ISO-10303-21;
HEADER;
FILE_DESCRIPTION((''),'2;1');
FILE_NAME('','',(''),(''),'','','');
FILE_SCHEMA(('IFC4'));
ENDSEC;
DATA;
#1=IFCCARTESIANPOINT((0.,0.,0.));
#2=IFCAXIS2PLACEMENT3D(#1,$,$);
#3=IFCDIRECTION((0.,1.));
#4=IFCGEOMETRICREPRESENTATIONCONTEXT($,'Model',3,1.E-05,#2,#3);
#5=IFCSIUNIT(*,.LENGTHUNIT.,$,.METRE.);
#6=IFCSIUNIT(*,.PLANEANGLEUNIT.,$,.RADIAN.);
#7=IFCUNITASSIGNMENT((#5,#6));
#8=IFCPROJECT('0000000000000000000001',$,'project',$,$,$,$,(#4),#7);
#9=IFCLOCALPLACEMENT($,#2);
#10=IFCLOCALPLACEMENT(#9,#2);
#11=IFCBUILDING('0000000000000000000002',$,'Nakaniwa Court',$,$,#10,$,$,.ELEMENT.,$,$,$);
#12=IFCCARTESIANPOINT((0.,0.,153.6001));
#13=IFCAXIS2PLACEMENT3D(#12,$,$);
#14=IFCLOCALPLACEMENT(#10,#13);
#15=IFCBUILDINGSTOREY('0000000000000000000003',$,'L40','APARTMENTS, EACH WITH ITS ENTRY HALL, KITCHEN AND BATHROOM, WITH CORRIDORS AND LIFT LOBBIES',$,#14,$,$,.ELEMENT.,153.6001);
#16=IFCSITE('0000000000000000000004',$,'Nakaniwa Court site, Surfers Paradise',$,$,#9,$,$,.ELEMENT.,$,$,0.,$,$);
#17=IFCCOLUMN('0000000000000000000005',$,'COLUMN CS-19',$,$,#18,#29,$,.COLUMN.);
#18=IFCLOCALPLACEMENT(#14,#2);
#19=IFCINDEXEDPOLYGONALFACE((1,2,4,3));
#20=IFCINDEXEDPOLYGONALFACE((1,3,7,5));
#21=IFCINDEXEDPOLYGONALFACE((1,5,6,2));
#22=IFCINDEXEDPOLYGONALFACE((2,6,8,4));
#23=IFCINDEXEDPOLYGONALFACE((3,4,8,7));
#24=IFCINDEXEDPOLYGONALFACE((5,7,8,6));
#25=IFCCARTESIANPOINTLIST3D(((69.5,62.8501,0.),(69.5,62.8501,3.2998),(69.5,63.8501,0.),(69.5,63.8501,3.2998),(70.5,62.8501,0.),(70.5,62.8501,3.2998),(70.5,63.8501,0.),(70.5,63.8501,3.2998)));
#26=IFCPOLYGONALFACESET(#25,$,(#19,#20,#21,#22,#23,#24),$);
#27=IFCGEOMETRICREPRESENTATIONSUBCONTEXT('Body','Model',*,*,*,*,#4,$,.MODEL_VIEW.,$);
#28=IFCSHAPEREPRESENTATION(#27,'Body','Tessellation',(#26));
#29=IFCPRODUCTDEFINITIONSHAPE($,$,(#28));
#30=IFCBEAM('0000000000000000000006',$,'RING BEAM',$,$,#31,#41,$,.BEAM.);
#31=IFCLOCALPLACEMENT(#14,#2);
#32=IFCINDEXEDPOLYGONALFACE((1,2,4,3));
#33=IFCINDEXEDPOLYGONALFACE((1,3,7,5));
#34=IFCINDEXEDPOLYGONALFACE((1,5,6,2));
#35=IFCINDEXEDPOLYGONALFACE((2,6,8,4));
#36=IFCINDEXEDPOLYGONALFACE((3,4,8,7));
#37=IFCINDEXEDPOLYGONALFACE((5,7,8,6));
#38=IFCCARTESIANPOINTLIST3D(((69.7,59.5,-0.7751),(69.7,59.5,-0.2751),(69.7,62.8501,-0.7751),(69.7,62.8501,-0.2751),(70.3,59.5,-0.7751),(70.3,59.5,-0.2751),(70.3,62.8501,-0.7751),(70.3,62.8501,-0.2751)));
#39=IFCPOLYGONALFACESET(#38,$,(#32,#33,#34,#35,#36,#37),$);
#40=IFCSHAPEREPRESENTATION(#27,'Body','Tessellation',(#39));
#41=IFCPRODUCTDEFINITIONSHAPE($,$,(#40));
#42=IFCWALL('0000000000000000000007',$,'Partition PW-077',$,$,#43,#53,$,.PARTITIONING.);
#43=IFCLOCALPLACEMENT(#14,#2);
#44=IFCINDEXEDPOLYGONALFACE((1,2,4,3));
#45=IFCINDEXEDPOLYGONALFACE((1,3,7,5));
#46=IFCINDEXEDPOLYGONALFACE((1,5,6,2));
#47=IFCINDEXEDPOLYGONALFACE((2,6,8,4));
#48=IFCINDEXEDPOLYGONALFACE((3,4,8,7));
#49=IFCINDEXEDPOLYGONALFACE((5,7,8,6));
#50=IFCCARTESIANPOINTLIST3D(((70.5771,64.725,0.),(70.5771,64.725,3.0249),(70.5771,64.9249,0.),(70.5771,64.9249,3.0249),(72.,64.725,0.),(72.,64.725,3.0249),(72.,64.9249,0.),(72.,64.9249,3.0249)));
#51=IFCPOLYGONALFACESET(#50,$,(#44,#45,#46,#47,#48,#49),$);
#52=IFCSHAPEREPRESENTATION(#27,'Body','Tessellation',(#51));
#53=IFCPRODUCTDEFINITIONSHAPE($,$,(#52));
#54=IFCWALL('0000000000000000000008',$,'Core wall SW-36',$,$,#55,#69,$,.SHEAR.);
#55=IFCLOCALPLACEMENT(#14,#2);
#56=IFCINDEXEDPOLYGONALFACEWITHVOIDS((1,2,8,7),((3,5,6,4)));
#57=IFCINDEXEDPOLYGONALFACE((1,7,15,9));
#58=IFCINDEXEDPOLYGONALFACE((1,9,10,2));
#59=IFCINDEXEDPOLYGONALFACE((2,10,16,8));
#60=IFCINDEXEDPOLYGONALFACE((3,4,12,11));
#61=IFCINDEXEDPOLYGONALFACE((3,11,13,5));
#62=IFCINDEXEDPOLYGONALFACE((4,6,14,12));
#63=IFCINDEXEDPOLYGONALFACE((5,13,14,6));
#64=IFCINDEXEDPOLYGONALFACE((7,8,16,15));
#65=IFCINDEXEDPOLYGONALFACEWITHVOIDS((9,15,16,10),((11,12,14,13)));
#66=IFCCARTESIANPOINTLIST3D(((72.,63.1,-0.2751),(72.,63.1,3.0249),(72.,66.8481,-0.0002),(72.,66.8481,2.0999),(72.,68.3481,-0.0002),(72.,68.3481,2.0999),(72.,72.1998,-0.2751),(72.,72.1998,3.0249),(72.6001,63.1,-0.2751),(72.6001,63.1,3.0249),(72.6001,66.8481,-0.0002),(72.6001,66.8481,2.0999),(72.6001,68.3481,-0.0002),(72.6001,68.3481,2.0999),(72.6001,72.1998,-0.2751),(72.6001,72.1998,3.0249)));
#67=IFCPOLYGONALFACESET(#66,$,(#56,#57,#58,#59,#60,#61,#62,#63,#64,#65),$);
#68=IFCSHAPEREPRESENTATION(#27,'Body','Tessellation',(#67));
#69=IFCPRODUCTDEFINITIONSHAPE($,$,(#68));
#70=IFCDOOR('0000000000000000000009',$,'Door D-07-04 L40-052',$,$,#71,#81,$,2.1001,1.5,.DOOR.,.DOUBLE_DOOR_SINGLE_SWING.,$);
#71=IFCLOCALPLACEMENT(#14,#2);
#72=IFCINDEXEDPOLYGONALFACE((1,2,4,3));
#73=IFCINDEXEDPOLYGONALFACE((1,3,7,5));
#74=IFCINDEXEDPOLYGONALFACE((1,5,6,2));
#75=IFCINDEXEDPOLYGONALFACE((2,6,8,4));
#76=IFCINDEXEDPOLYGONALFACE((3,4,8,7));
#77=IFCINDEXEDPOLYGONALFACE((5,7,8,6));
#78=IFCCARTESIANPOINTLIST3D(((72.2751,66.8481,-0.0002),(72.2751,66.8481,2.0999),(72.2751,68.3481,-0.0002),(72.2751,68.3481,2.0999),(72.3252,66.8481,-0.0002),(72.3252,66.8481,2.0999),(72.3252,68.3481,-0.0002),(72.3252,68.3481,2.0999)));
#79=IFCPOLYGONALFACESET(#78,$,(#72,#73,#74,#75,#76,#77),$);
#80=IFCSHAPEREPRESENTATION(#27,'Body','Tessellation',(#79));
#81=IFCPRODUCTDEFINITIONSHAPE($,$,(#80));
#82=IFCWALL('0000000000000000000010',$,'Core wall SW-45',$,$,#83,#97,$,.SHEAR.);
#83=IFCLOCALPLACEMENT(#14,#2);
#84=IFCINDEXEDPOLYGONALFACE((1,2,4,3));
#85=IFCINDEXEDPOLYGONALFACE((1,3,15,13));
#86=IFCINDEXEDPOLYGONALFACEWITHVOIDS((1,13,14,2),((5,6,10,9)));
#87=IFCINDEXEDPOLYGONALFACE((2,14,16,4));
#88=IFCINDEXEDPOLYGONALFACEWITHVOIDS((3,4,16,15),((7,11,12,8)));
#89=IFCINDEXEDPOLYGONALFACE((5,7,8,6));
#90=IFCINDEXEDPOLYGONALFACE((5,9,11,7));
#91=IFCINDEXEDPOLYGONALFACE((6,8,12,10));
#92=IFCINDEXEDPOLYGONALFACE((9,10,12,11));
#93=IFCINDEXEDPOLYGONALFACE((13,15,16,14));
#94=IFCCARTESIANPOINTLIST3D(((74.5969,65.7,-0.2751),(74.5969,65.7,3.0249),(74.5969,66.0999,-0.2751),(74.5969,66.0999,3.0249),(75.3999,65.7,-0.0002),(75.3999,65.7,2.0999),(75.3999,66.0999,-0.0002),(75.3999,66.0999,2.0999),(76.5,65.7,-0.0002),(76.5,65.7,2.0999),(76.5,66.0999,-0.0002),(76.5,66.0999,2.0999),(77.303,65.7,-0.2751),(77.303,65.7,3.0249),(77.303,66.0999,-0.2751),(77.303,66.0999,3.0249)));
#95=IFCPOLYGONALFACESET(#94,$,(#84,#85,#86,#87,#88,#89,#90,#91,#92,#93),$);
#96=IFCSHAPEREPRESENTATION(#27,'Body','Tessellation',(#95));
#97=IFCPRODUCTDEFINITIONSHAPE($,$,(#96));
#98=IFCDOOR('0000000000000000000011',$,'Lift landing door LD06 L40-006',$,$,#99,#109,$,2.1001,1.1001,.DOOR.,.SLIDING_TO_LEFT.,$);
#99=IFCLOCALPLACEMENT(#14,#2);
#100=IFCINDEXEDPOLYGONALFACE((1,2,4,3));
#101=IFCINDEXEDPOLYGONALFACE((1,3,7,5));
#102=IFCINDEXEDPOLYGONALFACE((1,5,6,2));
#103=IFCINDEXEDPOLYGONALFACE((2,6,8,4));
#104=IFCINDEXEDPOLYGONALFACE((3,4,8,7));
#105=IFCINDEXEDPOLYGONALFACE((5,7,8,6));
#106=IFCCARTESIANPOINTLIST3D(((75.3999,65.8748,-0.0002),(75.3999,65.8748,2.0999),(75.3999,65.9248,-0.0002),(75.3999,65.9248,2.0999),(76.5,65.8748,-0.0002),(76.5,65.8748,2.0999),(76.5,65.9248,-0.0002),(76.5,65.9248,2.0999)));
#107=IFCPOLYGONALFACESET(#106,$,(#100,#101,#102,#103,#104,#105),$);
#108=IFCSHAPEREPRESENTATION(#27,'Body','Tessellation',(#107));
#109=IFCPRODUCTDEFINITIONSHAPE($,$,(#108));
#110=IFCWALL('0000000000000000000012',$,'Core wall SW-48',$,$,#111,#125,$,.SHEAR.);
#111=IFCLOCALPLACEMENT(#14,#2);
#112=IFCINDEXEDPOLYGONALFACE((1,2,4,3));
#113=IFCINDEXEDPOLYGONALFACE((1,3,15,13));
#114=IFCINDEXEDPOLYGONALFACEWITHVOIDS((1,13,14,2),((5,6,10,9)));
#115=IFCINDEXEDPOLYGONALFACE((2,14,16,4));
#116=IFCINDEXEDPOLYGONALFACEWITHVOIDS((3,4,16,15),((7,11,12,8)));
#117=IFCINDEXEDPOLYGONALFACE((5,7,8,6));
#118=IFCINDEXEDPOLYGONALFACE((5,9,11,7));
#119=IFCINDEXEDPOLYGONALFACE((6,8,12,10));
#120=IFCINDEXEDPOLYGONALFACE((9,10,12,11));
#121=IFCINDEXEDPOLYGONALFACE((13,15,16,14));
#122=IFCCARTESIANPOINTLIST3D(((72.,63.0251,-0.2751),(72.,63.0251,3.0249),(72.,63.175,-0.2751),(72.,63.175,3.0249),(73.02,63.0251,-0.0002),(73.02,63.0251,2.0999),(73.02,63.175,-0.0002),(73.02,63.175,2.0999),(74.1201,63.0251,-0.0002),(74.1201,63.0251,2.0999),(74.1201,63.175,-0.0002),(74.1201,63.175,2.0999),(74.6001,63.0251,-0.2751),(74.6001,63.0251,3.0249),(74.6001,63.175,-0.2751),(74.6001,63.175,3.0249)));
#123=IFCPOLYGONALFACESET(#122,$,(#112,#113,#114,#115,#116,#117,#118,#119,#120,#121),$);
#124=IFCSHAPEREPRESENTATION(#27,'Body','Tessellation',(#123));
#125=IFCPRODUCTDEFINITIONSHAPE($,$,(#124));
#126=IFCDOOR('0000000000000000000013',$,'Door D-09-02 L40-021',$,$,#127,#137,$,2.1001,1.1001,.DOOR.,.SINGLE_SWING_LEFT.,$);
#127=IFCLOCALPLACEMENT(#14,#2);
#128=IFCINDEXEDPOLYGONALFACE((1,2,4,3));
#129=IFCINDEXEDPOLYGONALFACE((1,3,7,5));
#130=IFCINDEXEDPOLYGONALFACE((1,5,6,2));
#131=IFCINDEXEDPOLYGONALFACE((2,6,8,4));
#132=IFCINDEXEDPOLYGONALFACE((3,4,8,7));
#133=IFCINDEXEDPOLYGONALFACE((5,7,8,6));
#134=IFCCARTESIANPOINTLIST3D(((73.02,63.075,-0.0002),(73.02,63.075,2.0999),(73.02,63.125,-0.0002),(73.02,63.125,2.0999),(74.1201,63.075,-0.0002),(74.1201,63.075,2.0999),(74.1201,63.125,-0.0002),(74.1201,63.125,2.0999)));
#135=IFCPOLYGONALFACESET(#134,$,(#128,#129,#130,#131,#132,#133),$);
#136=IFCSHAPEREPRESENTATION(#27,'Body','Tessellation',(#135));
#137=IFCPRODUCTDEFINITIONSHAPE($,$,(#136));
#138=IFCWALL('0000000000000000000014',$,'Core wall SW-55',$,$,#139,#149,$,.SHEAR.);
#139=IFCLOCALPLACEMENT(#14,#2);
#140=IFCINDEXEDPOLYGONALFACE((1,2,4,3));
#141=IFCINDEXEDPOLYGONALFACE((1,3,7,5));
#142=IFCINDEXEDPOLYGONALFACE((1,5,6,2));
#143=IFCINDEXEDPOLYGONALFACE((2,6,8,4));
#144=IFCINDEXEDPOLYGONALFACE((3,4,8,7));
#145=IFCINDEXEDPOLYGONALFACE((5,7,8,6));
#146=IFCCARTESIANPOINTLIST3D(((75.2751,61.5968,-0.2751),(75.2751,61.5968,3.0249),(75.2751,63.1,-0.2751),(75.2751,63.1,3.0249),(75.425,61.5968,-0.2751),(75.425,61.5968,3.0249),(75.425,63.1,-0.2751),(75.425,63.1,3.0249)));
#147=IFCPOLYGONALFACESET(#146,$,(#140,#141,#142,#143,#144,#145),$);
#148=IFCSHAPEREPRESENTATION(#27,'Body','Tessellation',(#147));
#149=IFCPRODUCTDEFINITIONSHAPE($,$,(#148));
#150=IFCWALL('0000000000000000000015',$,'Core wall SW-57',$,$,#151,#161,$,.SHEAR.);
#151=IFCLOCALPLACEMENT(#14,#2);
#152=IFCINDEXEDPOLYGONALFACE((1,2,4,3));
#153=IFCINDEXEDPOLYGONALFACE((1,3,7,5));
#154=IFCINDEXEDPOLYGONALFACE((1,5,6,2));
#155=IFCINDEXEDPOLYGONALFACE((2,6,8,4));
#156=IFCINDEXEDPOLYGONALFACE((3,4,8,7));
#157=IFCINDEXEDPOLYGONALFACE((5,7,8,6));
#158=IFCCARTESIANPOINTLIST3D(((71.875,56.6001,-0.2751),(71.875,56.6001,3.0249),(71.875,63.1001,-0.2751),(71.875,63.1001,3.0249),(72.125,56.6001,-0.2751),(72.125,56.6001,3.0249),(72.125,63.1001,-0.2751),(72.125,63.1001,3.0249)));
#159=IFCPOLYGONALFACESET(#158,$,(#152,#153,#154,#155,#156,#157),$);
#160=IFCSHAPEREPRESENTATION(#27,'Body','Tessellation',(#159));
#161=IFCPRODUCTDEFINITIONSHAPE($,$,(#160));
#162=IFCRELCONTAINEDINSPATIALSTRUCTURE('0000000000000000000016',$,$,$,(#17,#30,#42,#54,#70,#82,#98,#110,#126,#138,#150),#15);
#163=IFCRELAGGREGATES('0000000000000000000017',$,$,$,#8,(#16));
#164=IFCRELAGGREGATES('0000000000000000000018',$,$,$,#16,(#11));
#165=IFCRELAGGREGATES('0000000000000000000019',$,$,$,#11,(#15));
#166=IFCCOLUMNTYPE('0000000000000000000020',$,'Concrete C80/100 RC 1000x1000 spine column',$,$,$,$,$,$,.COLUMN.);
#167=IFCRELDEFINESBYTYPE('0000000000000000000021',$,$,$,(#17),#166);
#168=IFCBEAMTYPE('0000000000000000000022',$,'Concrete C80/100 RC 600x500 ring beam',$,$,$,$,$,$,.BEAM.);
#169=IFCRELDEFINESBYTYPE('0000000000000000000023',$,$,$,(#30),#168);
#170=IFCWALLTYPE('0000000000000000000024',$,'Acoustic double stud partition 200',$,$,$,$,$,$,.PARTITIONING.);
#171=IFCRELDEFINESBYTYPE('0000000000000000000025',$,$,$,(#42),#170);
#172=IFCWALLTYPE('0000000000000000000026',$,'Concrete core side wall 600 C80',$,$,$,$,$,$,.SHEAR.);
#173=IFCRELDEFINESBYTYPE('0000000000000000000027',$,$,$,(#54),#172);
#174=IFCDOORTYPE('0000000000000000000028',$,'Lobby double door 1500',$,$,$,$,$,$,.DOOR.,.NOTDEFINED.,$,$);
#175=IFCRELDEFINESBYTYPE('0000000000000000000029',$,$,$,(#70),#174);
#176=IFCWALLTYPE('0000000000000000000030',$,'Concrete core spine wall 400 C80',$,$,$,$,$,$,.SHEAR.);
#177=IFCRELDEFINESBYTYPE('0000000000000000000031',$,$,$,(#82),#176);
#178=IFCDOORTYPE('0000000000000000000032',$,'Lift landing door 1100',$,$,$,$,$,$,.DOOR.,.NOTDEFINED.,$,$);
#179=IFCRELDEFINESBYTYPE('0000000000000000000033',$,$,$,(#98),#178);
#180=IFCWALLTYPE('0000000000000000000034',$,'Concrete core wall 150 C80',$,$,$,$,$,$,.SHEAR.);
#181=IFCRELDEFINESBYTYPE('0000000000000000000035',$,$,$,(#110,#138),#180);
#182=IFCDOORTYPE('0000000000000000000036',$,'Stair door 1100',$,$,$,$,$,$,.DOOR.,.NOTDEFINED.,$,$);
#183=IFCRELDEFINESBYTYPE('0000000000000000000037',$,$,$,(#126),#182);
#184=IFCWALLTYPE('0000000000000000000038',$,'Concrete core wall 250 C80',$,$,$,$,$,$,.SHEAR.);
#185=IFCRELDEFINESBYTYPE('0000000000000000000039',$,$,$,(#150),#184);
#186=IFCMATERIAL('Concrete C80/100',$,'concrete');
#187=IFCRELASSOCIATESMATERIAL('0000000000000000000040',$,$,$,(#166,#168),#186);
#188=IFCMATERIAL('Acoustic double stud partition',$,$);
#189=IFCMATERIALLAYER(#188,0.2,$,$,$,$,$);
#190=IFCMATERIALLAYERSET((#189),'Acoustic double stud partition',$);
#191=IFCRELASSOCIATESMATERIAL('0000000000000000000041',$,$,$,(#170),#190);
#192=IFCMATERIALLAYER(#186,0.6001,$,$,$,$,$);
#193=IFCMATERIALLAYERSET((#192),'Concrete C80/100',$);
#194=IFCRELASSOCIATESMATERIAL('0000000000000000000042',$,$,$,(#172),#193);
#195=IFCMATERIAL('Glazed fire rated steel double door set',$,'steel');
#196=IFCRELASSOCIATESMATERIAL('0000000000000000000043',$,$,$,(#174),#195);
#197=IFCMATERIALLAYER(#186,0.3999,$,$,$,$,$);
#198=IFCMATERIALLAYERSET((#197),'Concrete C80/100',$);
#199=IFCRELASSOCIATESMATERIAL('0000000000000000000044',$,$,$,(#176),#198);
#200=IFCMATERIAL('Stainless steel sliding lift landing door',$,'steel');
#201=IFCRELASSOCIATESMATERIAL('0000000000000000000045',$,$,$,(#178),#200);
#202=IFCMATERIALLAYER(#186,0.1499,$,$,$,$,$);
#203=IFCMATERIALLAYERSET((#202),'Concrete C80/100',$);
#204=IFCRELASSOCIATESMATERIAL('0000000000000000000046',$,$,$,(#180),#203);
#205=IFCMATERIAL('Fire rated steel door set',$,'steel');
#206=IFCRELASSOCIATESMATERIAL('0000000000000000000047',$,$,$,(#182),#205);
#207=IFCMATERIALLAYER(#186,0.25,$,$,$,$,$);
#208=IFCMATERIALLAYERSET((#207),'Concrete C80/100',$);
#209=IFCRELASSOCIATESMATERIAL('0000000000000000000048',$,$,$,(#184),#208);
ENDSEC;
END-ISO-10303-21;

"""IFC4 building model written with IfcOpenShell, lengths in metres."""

from ifc_helpers import new_model, si_unit, direction, frame, frame_2d, origin, origin_2d, place, context, subcontext, project, spatial, rectangle, extrude, material, layer, layer_set, material_profile, profile_set, type_object, element, fill, save


model = new_model("IFC4")

# Units and contexts
model_context = context("Model", 3, precision=1e-05, world=origin(), true_north=direction((0.0, 1.0)))
body_context = subcontext(model_context, "Body", "Model", "MODEL_VIEW")
ifc_project = project(units=[si_unit("LENGTHUNIT", "METRE"), si_unit("PLANEANGLEUNIT", "RADIAN")], contexts=[model_context])

# Site, building, storey
site_placement = place(None, origin())
site = spatial("IfcSite", under=ifc_project, at=site_placement, Name="Nakaniwa Court site, Surfers Paradise", CompositionType="ELEMENT", RefElevation=0.0)
building_placement = place(site_placement, origin())
building = spatial("IfcBuilding", under=site, at=building_placement, Name="Nakaniwa Court", CompositionType="ELEMENT")
storey_placement = place(building_placement, frame((0.0, 0.0, 153.6001)))
storey = spatial("IfcBuildingStorey", under=building, at=storey_placement, Name="L40", Description="APARTMENTS, EACH WITH ITS ENTRY HALL, KITCHEN AND BATHROOM, WITH CORRIDORS AND LIFT LOBBIES", CompositionType="ELEMENT", Elevation=153.6001)

# Column
ifc_material_1 = material(Name="Concrete C80/100", Category="concrete")
ifc_material_profile_1 = material_profile(ifc_material_1, rectangle(XDim=1.0, YDim=1.0, at=origin_2d()), Name="Concrete C80/100 RC 1000x1000 spine column")
ifc_profile_set_1 = profile_set([ifc_material_profile_1], Name="Concrete C80/100")
column_type = type_object("IfcColumnType", Name="Concrete C80/100 RC 1000x1000 spine column", PredefinedType="COLUMN", material=ifc_profile_set_1)
column_placement = place(storey_placement, frame((70.0, 63.3501, 0.0), z_axis=(0.0, 0.0, 1.0), x_axis=(0.0, -1.0, 0.0)))
element("IfcColumn", 1, at=column_placement, inside=storey, type_object=column_type, Name="COLUMN CS-19", PredefinedType="COLUMN", context=body_context, shape_type="SweptSolid", body=[
    extrude(rectangle(XDim=1.0, YDim=1.0, at=origin_2d()), origin(), (0.0, 0.0, 1.0), 3.2998),
])

# Beam
ifc_material_profile_2 = material_profile(ifc_material_1, rectangle(XDim=0.6001, YDim=0.5, at=origin_2d()), Name="Concrete C80/100 RC 600x500 ring beam")
ifc_profile_set_2 = profile_set([ifc_material_profile_2], Name="Concrete C80/100")
beam_type = type_object("IfcBeamType", Name="Concrete C80/100 RC 600x500 ring beam", PredefinedType="BEAM", material=ifc_profile_set_2)
beam_placement = place(storey_placement, frame((70.0, 62.8501, -0.5251), z_axis=(0.0, -1.0, 0.0), x_axis=(1.0, 0.0, 0.0)))
element("IfcBeam", 2, at=beam_placement, inside=storey, type_object=beam_type, Name="RING BEAM", PredefinedType="BEAM", context=body_context, shape_type="SweptSolid", body=[
    extrude(rectangle(XDim=0.6001, YDim=0.5, at=origin_2d()), origin(), (0.0, 0.0, 1.0), 3.3501),
])

# Wall
ifc_material_2 = material(Name="Acoustic double stud partition")
ifc_layer_1 = layer(ifc_material_2, 0.2)
ifc_layer_set_1 = layer_set([ifc_layer_1], Name="Acoustic double stud partition")
wall_type_1 = type_object("IfcWallType", Name="Acoustic double stud partition 200", PredefinedType="PARTITIONING", material=ifc_layer_set_1)
wall_1_placement = place(storey_placement, frame((70.5771, 64.825, 0.0), z_axis=(0.0, 0.0, 1.0), x_axis=(1.0, 0.0, 0.0)))
element("IfcWall", 3, at=wall_1_placement, inside=storey, type_object=wall_type_1, Name="Partition PW-077", PredefinedType="PARTITIONING", context=body_context, shape_type="SweptSolid", body=[
    extrude(rectangle(XDim=1.4229, YDim=0.2, at=frame_2d((0.7114, 0.0))), origin(), (0.0, 0.0, 1.0), 3.0249),
])

# Walls, openings, doors
ifc_layer_2 = layer(ifc_material_1, 0.6001)
ifc_layer_set_2 = layer_set([ifc_layer_2], Name="Concrete C80/100")
wall_type_2 = type_object("IfcWallType", Name="Concrete core side wall 600 C80", PredefinedType="SHEAR", material=ifc_layer_set_2)
wall_2_placement = place(storey_placement, frame((72.3, 63.1001, -0.2751), z_axis=(0.0, 0.0, 1.0), x_axis=(0.0, 1.0, 0.0)))
wall_2 = element("IfcWall", 4, at=wall_2_placement, inside=storey, type_object=wall_type_2, Name="Core wall SW-36", PredefinedType="SHEAR", context=body_context, shape_type="SweptSolid", body=[
    extrude(rectangle(XDim=9.0999, YDim=0.6001, at=frame_2d((4.5498, 0.0))), origin(), (0.0, 0.0, 1.0), 3.3),
])
opening_1_placement = place(wall_2_placement, frame((3.748, 0.0, 0.2749)))
opening_1 = element("IfcOpeningElement", 5, at=opening_1_placement, cuts=wall_2, PredefinedType="OPENING", context=body_context, shape_type="SweptSolid", body=[
    extrude(rectangle(XDim=1.5, YDim=2.1001, at=frame_2d((0.75, 1.05))), frame((0.0, 0.3101, 0.0), z_axis=(0.0, -1.0, 0.0), x_axis=(1.0, 0.0, 0.0)), (0.0, 0.0, 1.0), 0.6201),
])
ifc_material_3 = material(Name="Glazed fire rated steel double door set", Category="steel")
door_type_1 = type_object("IfcDoorType", Name="Lobby double door 1500", OperationType="NOTDEFINED", PredefinedType="DOOR", material=ifc_material_3)
door_1_placement = place(opening_1_placement, origin())
door_1 = element("IfcDoor", 6, at=door_1_placement, inside=storey, type_object=door_type_1, Name="Door D-07-04 L40-052", OperationType="DOUBLE_DOOR_SINGLE_SWING", OverallHeight=2.1001, OverallWidth=1.5, PredefinedType="DOOR", context=body_context, shape_type="SweptSolid", body=[
    extrude(rectangle(XDim=1.5, YDim=2.1001, at=frame_2d((0.75, 1.05))), frame((0.0, 0.0249, 0.0), z_axis=(0.0, -1.0, 0.0), x_axis=(1.0, 0.0, 0.0)), (0.0, 0.0, 1.0), 0.05),
])
fill(opening_1, door_1)
ifc_layer_3 = layer(ifc_material_1, 0.3999)
ifc_layer_set_3 = layer_set([ifc_layer_3], Name="Concrete C80/100")
wall_type_3 = type_object("IfcWallType", Name="Concrete core spine wall 400 C80", PredefinedType="SHEAR", material=ifc_layer_set_3)
wall_3_placement = place(storey_placement, frame((74.5969, 65.8999, -0.2751), z_axis=(0.0, 0.0, 1.0), x_axis=(1.0, 0.0, 0.0)))
wall_3 = element("IfcWall", 7, at=wall_3_placement, inside=storey, type_object=wall_type_3, Name="Core wall SW-45", PredefinedType="SHEAR", context=body_context, shape_type="SweptSolid", body=[
    extrude(rectangle(XDim=2.7061, YDim=0.3999, at=frame_2d((1.353, 0.0))), origin(), (0.0, 0.0, 1.0), 3.3),
])
opening_2_placement = place(wall_3_placement, frame((0.803, 0.0, 0.2749)))
opening_2 = element("IfcOpeningElement", 8, at=opening_2_placement, cuts=wall_3, PredefinedType="OPENING", context=body_context, shape_type="SweptSolid", body=[
    extrude(rectangle(XDim=1.1001, YDim=2.1001, at=frame_2d((0.55, 1.05))), frame((0.0, 0.21, 0.0), z_axis=(0.0, -1.0, 0.0), x_axis=(1.0, 0.0, 0.0)), (0.0, 0.0, 1.0), 0.4199),
])
ifc_material_4 = material(Name="Stainless steel sliding lift landing door", Category="steel")
door_type_2 = type_object("IfcDoorType", Name="Lift landing door 1100", OperationType="NOTDEFINED", PredefinedType="DOOR", material=ifc_material_4)
door_2_placement = place(opening_2_placement, origin())
door_2 = element("IfcDoor", 9, at=door_2_placement, inside=storey, type_object=door_type_2, Name="Lift landing door LD06 L40-006", OperationType="SLIDING_TO_LEFT", OverallHeight=2.1001, OverallWidth=1.1001, PredefinedType="DOOR", context=body_context, shape_type="SweptSolid", body=[
    extrude(rectangle(XDim=1.1001, YDim=2.1001, at=frame_2d((0.55, 1.05))), frame((0.0, 0.0249, 0.0), z_axis=(0.0, -1.0, 0.0), x_axis=(1.0, 0.0, 0.0)), (0.0, 0.0, 1.0), 0.05),
])
fill(opening_2, door_2)
ifc_layer_4 = layer(ifc_material_1, 0.1499)
ifc_layer_set_4 = layer_set([ifc_layer_4], Name="Concrete C80/100")
wall_type_4 = type_object("IfcWallType", Name="Concrete core wall 150 C80", PredefinedType="SHEAR", material=ifc_layer_set_4)
wall_4_placement = place(storey_placement, frame((72.0, 63.1001, -0.2751), z_axis=(0.0, 0.0, 1.0), x_axis=(1.0, 0.0, 0.0)))
wall_4 = element("IfcWall", 10, at=wall_4_placement, inside=storey, type_object=wall_type_4, Name="Core wall SW-48", PredefinedType="SHEAR", context=body_context, shape_type="SweptSolid", body=[
    extrude(rectangle(XDim=2.6001, YDim=0.1499, at=frame_2d((1.3, 0.0))), origin(), (0.0, 0.0, 1.0), 3.3),
])
opening_3_placement = place(wall_4_placement, frame((1.02, 0.0, 0.2749)))
opening_3 = element("IfcOpeningElement", 11, at=opening_3_placement, cuts=wall_4, PredefinedType="OPENING", context=body_context, shape_type="SweptSolid", body=[
    extrude(rectangle(XDim=1.1001, YDim=2.1001, at=frame_2d((0.55, 1.05))), frame((0.0, 0.085, 0.0), z_axis=(0.0, -1.0, 0.0), x_axis=(1.0, 0.0, 0.0)), (0.0, 0.0, 1.0), 0.1699),
])
ifc_material_5 = material(Name="Fire rated steel door set", Category="steel")
door_type_3 = type_object("IfcDoorType", Name="Stair door 1100", OperationType="NOTDEFINED", PredefinedType="DOOR", material=ifc_material_5)
door_3_placement = place(opening_3_placement, origin())
door_3 = element("IfcDoor", 12, at=door_3_placement, inside=storey, type_object=door_type_3, Name="Door D-09-02 L40-021", OperationType="SINGLE_SWING_LEFT", OverallHeight=2.1001, OverallWidth=1.1001, PredefinedType="DOOR", context=body_context, shape_type="SweptSolid", body=[
    extrude(rectangle(XDim=1.1001, YDim=2.1001, at=frame_2d((0.55, 1.05))), frame((0.0, 0.0249, 0.0), z_axis=(0.0, -1.0, 0.0), x_axis=(1.0, 0.0, 0.0)), (0.0, 0.0, 1.0), 0.05),
])
fill(opening_3, door_3)

# Walls
wall_5_placement = place(storey_placement, frame((75.3501, 61.5969, -0.2751), z_axis=(0.0, 0.0, 1.0), x_axis=(0.0, 1.0, 0.0)))
element("IfcWall", 13, at=wall_5_placement, inside=storey, type_object=wall_type_4, Name="Core wall SW-55", PredefinedType="SHEAR", context=body_context, shape_type="SweptSolid", body=[
    extrude(rectangle(XDim=1.5032, YDim=0.1499, at=frame_2d((0.7515, 0.0))), origin(), (0.0, 0.0, 1.0), 3.3),
])
ifc_layer_5 = layer(ifc_material_1, 0.25)
ifc_layer_set_5 = layer_set([ifc_layer_5], Name="Concrete C80/100")
wall_type_5 = type_object("IfcWallType", Name="Concrete core wall 250 C80", PredefinedType="SHEAR", material=ifc_layer_set_5)
wall_6_placement = place(storey_placement, frame((72.0, 56.6001, -0.2751), z_axis=(0.0, 0.0, 1.0), x_axis=(0.0, 1.0, 0.0)))
element("IfcWall", 14, at=wall_6_placement, inside=storey, type_object=wall_type_5, Name="Core wall SW-57", PredefinedType="SHEAR", context=body_context, shape_type="SweptSolid", body=[
    extrude(rectangle(XDim=6.5, YDim=0.25, at=frame_2d((3.25, 0.0))), origin(), (0.0, 0.0, 1.0), 3.3),
])

save(model, "model.ifc")
